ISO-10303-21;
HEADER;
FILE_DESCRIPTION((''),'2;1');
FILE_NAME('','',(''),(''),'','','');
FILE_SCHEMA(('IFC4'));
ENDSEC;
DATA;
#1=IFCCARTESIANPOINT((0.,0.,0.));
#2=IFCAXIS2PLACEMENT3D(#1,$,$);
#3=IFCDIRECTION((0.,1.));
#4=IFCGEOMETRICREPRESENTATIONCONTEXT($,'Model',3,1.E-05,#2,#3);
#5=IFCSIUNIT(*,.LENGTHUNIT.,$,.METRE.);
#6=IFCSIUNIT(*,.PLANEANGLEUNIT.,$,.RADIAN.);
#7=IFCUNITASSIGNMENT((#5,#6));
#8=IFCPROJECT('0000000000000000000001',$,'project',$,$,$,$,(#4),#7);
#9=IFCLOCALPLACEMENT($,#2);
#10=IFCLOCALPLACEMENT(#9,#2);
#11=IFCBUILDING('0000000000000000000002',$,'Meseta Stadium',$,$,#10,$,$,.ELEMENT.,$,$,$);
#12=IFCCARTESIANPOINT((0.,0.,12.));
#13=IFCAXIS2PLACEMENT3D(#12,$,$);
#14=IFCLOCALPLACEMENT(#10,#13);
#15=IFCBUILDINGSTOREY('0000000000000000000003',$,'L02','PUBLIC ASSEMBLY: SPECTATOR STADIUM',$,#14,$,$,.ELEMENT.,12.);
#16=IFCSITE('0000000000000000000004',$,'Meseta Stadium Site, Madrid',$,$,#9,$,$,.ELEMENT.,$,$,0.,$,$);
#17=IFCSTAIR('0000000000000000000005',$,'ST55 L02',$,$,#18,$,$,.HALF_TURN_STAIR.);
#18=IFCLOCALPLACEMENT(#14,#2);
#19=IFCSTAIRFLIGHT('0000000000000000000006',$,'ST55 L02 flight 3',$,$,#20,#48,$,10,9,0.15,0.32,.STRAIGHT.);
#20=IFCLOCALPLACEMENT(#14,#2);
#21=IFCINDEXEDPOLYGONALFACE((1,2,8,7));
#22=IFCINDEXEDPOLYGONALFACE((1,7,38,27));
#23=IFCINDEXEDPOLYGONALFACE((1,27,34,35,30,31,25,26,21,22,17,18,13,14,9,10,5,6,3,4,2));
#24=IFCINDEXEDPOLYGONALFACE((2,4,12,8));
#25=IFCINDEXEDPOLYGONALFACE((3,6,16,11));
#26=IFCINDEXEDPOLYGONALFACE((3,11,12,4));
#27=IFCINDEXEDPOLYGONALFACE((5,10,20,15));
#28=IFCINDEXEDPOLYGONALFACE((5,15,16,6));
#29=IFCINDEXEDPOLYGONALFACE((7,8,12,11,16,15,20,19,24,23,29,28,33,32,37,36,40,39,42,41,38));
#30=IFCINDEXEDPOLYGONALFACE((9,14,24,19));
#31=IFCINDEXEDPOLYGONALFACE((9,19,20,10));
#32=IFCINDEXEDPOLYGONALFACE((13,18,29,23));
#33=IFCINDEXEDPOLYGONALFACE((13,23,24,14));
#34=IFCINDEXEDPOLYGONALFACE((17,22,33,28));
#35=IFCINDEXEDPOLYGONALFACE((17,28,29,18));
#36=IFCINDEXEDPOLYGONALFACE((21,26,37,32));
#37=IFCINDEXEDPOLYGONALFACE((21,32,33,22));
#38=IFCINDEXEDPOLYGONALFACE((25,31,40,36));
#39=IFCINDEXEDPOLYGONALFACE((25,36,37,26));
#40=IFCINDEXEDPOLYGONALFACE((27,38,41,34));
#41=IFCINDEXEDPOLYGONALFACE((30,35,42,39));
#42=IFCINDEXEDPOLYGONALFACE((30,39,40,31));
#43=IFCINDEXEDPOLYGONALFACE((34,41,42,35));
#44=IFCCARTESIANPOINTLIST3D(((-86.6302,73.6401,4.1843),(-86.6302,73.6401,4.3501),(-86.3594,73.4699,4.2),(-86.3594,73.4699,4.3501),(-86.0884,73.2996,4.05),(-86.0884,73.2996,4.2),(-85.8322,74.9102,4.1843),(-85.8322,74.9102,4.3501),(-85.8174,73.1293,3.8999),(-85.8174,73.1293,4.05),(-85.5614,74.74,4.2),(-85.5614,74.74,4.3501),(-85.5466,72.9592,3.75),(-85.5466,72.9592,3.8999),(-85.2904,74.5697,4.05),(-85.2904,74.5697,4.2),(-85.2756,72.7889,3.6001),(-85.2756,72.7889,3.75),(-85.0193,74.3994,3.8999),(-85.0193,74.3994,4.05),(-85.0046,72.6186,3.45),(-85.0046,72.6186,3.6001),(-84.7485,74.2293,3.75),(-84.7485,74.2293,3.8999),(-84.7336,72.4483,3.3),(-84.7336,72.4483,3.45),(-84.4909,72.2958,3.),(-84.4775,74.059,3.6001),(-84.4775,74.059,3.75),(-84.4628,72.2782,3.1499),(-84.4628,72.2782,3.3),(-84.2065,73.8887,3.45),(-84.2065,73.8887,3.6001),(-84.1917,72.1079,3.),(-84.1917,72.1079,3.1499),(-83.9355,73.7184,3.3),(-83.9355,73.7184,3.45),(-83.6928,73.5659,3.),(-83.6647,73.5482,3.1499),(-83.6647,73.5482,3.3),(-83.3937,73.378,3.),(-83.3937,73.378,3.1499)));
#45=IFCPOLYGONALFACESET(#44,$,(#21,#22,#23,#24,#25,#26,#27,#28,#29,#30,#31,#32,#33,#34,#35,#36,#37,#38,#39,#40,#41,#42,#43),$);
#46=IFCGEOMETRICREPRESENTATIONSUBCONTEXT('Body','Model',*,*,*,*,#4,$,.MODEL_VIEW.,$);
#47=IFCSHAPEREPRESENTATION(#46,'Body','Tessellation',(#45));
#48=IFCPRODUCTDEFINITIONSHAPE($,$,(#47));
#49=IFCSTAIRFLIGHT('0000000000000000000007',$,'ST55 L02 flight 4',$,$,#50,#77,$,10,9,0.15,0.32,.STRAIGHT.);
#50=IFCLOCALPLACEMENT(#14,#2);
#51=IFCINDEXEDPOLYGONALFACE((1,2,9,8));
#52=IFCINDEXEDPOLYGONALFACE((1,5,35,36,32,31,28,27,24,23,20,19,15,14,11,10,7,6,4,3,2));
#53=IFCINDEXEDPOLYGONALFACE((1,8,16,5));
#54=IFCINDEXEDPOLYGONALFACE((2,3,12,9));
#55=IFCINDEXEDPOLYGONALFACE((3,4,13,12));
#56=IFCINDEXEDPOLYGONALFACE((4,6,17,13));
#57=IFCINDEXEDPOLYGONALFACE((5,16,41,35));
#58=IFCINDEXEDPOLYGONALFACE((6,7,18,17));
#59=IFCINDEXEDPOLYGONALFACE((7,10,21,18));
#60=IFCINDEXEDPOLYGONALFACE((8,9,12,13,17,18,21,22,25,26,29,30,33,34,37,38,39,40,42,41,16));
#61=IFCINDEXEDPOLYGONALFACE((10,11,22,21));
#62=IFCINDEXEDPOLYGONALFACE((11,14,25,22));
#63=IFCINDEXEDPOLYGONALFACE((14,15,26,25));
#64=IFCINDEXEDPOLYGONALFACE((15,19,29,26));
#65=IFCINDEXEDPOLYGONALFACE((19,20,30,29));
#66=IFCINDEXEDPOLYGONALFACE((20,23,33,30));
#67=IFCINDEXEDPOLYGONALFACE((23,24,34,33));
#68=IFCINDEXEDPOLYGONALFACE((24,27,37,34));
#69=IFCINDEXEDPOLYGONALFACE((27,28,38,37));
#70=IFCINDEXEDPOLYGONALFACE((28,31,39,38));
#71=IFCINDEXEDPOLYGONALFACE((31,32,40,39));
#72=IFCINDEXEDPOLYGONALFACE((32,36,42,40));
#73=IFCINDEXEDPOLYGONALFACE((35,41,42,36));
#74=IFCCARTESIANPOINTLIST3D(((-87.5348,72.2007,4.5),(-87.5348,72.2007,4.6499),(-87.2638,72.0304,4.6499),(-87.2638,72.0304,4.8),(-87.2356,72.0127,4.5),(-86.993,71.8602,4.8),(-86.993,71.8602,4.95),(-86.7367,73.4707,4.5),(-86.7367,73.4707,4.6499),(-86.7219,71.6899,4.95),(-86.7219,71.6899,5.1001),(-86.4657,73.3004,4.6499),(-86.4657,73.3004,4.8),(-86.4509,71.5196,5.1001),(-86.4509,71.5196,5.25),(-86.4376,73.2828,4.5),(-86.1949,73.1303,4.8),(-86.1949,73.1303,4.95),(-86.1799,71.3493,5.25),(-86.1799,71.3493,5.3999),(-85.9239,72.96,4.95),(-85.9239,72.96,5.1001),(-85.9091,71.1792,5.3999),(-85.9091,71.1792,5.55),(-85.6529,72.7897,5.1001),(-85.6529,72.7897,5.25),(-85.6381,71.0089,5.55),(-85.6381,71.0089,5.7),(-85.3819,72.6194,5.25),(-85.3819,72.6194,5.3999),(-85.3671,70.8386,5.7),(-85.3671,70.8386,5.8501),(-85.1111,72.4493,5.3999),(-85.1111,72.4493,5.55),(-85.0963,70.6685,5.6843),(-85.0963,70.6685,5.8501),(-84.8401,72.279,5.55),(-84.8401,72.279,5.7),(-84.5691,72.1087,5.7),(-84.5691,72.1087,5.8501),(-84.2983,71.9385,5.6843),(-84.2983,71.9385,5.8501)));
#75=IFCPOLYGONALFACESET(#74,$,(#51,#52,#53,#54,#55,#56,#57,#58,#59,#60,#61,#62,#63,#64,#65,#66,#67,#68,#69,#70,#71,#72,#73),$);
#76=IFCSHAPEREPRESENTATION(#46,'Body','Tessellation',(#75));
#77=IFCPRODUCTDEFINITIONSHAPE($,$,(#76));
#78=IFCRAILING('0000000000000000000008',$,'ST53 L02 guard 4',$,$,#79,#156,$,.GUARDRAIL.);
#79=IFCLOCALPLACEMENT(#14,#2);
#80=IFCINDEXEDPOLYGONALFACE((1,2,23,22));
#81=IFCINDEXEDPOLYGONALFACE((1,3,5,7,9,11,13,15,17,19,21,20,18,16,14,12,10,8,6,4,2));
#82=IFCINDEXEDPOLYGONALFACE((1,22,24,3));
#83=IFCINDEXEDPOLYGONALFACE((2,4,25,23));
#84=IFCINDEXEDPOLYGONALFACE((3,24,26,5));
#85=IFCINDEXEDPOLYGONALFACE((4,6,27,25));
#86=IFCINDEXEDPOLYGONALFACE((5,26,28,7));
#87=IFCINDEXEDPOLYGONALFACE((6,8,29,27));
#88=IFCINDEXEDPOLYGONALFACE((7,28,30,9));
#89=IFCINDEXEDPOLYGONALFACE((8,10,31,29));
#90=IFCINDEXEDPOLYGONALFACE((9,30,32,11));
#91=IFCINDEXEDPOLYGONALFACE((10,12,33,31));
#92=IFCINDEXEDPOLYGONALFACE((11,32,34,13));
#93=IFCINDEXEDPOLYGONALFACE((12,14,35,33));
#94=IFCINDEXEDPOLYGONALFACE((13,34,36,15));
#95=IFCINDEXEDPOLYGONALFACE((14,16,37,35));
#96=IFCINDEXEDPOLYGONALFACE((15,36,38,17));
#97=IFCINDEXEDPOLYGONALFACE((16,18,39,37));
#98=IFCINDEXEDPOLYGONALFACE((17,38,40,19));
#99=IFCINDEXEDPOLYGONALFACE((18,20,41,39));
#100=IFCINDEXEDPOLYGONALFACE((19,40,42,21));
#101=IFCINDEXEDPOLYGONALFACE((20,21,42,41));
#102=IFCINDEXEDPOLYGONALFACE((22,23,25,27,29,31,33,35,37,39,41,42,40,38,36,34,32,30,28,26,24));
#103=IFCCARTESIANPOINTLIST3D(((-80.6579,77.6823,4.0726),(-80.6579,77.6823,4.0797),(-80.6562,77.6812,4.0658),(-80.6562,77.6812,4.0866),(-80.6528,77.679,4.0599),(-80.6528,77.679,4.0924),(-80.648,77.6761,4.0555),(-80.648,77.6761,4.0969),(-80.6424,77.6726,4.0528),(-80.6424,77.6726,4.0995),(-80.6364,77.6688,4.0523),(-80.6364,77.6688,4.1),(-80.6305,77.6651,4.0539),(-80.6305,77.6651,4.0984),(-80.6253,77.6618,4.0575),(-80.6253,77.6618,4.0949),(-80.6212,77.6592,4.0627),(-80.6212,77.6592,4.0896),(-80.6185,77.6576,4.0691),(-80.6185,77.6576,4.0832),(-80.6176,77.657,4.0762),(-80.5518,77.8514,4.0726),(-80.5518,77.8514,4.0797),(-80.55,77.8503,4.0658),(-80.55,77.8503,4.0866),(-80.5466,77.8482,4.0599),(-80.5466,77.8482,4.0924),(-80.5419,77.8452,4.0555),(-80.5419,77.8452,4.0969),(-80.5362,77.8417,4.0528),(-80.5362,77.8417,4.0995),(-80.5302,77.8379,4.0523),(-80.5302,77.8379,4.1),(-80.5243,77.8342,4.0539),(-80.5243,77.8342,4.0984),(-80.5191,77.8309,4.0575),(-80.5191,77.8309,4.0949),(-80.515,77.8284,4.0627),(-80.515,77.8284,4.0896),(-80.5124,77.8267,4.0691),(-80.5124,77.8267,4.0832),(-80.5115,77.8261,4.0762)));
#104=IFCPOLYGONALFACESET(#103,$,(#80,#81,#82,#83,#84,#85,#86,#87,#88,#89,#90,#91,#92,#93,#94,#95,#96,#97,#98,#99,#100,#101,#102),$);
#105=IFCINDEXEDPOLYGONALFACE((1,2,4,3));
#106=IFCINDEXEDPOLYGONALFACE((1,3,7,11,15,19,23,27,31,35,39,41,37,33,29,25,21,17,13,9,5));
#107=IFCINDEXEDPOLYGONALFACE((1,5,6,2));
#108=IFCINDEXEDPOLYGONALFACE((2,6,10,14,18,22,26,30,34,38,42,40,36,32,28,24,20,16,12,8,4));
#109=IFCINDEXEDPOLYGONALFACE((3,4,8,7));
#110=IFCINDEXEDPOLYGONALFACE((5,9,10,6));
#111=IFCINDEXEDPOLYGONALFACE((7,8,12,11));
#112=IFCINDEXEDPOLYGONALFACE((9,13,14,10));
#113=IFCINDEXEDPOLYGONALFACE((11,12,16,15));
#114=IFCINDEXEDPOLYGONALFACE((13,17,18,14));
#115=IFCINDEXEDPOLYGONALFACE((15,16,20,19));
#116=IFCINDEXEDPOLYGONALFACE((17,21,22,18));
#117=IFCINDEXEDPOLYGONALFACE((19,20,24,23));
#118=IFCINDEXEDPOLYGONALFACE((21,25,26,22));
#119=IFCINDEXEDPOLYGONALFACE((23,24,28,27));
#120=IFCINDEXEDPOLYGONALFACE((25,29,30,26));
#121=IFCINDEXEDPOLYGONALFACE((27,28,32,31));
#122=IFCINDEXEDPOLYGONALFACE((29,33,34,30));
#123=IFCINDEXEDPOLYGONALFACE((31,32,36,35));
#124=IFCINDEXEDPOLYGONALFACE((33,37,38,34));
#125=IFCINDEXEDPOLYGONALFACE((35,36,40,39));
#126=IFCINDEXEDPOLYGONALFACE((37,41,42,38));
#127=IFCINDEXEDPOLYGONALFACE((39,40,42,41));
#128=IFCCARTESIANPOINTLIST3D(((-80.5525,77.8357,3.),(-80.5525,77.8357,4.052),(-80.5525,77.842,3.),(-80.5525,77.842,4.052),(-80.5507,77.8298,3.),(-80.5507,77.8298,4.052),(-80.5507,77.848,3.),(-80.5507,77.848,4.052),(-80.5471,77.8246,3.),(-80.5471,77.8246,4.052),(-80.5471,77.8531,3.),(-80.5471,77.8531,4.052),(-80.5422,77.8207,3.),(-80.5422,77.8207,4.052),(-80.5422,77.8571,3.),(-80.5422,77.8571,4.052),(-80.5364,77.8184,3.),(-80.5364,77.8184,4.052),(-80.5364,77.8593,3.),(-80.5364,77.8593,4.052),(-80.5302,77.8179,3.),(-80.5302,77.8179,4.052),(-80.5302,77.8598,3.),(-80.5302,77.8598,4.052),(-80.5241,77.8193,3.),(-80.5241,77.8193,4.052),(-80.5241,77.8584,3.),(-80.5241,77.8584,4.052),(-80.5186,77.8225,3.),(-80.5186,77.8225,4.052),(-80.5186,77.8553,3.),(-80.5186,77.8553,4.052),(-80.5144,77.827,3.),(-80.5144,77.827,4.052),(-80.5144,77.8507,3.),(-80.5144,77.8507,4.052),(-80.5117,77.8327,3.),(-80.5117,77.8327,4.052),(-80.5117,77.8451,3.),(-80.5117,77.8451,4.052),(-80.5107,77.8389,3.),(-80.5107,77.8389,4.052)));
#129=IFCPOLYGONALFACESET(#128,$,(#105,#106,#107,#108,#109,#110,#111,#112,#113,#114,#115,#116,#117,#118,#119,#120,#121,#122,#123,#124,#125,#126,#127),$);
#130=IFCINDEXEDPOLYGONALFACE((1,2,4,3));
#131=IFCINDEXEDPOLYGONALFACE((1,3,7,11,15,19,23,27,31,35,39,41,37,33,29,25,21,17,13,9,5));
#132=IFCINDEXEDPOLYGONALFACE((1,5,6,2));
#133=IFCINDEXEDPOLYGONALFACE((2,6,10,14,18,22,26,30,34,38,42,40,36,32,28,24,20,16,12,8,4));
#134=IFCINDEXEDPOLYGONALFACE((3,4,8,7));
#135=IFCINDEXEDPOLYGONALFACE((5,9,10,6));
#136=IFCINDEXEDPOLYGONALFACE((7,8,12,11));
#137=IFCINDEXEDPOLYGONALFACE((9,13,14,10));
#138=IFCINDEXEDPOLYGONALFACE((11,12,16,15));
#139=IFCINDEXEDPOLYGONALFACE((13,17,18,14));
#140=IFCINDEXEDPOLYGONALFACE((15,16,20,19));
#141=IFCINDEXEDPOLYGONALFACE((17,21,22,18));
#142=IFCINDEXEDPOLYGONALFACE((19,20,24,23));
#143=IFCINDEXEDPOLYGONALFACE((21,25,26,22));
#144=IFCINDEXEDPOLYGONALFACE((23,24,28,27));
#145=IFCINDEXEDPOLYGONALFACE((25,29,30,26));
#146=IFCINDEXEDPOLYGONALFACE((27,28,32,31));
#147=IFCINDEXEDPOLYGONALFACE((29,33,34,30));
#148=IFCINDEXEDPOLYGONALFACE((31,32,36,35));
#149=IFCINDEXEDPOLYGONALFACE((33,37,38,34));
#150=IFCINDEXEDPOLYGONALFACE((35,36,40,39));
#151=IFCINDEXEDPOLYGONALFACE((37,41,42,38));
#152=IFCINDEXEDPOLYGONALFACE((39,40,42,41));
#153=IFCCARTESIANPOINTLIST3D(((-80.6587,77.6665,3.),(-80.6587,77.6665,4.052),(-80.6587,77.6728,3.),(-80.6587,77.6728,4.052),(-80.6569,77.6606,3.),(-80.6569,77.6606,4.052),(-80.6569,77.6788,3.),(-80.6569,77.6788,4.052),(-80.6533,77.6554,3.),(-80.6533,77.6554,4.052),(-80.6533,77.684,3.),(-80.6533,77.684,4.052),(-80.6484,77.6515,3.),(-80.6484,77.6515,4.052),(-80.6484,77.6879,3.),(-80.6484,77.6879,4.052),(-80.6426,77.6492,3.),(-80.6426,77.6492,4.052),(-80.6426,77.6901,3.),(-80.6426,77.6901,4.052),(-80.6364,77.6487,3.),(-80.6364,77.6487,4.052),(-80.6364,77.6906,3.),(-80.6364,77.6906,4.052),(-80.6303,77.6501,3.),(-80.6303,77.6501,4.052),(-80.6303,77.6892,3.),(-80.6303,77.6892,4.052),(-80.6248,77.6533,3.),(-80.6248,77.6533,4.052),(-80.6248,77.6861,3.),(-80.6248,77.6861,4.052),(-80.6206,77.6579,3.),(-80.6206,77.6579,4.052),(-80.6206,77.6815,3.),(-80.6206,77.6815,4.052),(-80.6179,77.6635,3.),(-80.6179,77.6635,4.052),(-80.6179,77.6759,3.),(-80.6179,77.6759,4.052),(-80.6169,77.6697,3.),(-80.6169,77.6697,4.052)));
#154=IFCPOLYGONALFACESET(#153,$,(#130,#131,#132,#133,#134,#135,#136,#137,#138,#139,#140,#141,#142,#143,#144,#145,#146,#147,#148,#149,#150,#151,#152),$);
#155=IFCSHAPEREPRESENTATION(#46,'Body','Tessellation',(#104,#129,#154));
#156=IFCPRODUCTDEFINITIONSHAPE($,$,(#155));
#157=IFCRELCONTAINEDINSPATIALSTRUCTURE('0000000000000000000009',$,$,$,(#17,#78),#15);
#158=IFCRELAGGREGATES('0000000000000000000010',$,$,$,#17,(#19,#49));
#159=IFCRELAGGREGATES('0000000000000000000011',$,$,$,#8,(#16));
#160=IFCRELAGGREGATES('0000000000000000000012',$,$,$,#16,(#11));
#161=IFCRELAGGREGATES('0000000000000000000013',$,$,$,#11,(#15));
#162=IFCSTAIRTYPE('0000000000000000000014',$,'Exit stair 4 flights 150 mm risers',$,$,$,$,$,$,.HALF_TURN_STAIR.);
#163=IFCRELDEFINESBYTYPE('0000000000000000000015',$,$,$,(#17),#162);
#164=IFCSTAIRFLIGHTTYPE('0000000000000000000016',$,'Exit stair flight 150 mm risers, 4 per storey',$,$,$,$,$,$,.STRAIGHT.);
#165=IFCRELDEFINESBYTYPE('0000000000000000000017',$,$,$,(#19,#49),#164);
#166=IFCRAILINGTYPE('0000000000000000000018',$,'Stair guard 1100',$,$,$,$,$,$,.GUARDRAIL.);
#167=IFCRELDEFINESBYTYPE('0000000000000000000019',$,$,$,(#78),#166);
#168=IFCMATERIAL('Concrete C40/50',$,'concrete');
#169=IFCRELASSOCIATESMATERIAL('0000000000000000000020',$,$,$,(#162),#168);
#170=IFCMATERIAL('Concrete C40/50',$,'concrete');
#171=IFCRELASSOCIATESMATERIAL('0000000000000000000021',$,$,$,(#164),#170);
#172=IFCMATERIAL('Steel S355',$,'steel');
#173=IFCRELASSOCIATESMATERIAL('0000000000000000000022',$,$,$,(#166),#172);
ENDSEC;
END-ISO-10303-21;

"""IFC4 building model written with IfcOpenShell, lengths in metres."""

from ifc_helpers import new_model, si_unit, direction, frame, origin, origin_2d, place, context, subcontext, project, spatial, polyline, circle, outline, extrude, material, type_object, element, aggregate, save


model = new_model("IFC4")

# Units and contexts
model_context = context("Model", 3, precision=1e-05, world=origin(), true_north=direction((0.0, 1.0)))
body_context = subcontext(model_context, "Body", "Model", "MODEL_VIEW")
ifc_project = project(units=[si_unit("LENGTHUNIT", "METRE"), si_unit("PLANEANGLEUNIT", "RADIAN")], contexts=[model_context])

# Site, building, storey
site_placement = place(None, origin())
site = spatial("IfcSite", under=ifc_project, at=site_placement, Name="Meseta Stadium Site, Madrid", CompositionType="ELEMENT", RefElevation=0.0)
building_placement = place(site_placement, origin())
building = spatial("IfcBuilding", under=site, at=building_placement, Name="Meseta Stadium", CompositionType="ELEMENT")
storey_placement = place(building_placement, frame((0.0, 0.0, 12.0)))
storey = spatial("IfcBuildingStorey", under=building, at=storey_placement, Name="L02", Description="PUBLIC ASSEMBLY: SPECTATOR STADIUM", CompositionType="ELEMENT", Elevation=12.0)

# Stair, stair flights
ifc_material_1 = material(Name="Concrete C40/50", Category="concrete")
stair_type = type_object("IfcStairType", Name="Exit stair 4 flights 150 mm risers", PredefinedType="HALF_TURN_STAIR", material=ifc_material_1)
ifc_material_2 = material(Name="Concrete C40/50", Category="concrete")
stair_flight_type = type_object("IfcStairFlightType", Name="Exit stair flight 150 mm risers, 4 per storey", PredefinedType="STRAIGHT", material=ifc_material_2)
stair_1_placement = place(storey_placement, origin())
stair_1 = element("IfcStair", 1, at=stair_1_placement, inside=storey, type_object=stair_type, Name="ST55 L02", PredefinedType="HALF_TURN_STAIR")
stair_flight_1_placement = place(storey_placement, frame((-83.7927, 72.7429, 3.0), z_axis=(0.0, 0.0, 1.0), x_axis=(-0.846724, 0.532032, 0.0)))
stair_flight_1 = element("IfcStairFlight", 2, at=stair_flight_1_placement, type_object=stair_flight_type, Name="ST55 L02 flight 3", NumberOfRisers=10, NumberOfTreads=9, PredefinedType="STRAIGHT", RiserHeight=0.15, TreadLength=0.32, context=body_context, shape_type="SweptSolid", body=[
    extrude(outline(polyline([(0.0, 0.0), (0.0, 0.1499), (0.3201, 0.1499), (0.3201, 0.3), (0.6399, 0.3), (0.6399, 0.45), (0.96, 0.45), (0.96, 0.6001), (1.28, 0.6001), (1.28, 0.75), (1.6001, 0.75), (1.6001, 0.8999), (1.9199, 0.8999), (1.9199, 1.05), (2.24, 1.05), (2.24, 1.2), (2.5601, 1.2), (2.5601, 1.3501), (2.8799, 1.3501), (2.8799, 1.1843), (0.3533, 0.0), (0.0, 0.0)])), frame((0.0, 0.75, 0.0), z_axis=(0.0, -1.0, 0.0), x_axis=(1.0, 0.0, 0.0)), (0.0, 0.0, 1.0), 1.5),
])
stair_flight_2_placement = place(storey_placement, frame((-87.1357, 72.8357, 4.5), z_axis=(0.0, 0.0, 1.0), x_axis=(0.846724, -0.532032, 0.0)))
stair_flight_2 = element("IfcStairFlight", 3, at=stair_flight_2_placement, type_object=stair_flight_type, Name="ST55 L02 flight 4", NumberOfRisers=10, NumberOfTreads=9, PredefinedType="STRAIGHT", RiserHeight=0.15, TreadLength=0.32, context=body_context, shape_type="SweptSolid", body=[
    extrude(outline(polyline([(0.0, 0.0), (0.0, 0.1499), (0.3201, 0.1499), (0.3201, 0.3), (0.6399, 0.3), (0.6399, 0.45), (0.96, 0.45), (0.96, 0.6001), (1.28, 0.6001), (1.28, 0.75), (1.6001, 0.75), (1.6001, 0.8999), (1.9199, 0.8999), (1.9199, 1.05), (2.24, 1.05), (2.24, 1.2), (2.5601, 1.2), (2.5601, 1.3501), (2.8799, 1.3501), (2.8799, 1.1843), (0.3533, 0.0), (0.0, 0.0)])), frame((0.0, 0.75, 0.0), z_axis=(0.0, -1.0, 0.0), x_axis=(1.0, 0.0, 0.0)), (0.0, 0.0, 1.0), 1.5),
])
aggregate(stair_1, [stair_flight_1, stair_flight_2])

# Railing
ifc_material_3 = material(Name="Steel S355", Category="steel")
railing_type_1 = type_object("IfcRailingType", Name="Stair guard 1100", PredefinedType="GUARDRAIL", material=ifc_material_3)
railing_1_placement = place(storey_placement, frame((-80.5317, 77.8389, 3.0)))
element("IfcRailing", 4, at=railing_1_placement, inside=storey, type_object=railing_type_1, Name="ST53 L02 guard 4", PredefinedType="GUARDRAIL", context=body_context, shape_type="SweptSolid", body=[
    extrude(circle(Radius=0.0239, at=origin_2d()), frame((0.0, 0.0, 1.0762), z_axis=(-0.531646, -0.846967, 0.0), x_axis=(0.846967, -0.531646, 0.0)), (0.0, 0.0, 1.0), 0.1997),
    extrude(circle(Radius=0.021, at=origin_2d()), origin(), (0.0, 0.0, 1.0), 1.052),
    extrude(circle(Radius=0.021, at=origin_2d()), frame((-0.1062, -0.1692, 0.0)), (0.0, 0.0, 1.0), 1.052),
])

save(model, "model.ifc")
